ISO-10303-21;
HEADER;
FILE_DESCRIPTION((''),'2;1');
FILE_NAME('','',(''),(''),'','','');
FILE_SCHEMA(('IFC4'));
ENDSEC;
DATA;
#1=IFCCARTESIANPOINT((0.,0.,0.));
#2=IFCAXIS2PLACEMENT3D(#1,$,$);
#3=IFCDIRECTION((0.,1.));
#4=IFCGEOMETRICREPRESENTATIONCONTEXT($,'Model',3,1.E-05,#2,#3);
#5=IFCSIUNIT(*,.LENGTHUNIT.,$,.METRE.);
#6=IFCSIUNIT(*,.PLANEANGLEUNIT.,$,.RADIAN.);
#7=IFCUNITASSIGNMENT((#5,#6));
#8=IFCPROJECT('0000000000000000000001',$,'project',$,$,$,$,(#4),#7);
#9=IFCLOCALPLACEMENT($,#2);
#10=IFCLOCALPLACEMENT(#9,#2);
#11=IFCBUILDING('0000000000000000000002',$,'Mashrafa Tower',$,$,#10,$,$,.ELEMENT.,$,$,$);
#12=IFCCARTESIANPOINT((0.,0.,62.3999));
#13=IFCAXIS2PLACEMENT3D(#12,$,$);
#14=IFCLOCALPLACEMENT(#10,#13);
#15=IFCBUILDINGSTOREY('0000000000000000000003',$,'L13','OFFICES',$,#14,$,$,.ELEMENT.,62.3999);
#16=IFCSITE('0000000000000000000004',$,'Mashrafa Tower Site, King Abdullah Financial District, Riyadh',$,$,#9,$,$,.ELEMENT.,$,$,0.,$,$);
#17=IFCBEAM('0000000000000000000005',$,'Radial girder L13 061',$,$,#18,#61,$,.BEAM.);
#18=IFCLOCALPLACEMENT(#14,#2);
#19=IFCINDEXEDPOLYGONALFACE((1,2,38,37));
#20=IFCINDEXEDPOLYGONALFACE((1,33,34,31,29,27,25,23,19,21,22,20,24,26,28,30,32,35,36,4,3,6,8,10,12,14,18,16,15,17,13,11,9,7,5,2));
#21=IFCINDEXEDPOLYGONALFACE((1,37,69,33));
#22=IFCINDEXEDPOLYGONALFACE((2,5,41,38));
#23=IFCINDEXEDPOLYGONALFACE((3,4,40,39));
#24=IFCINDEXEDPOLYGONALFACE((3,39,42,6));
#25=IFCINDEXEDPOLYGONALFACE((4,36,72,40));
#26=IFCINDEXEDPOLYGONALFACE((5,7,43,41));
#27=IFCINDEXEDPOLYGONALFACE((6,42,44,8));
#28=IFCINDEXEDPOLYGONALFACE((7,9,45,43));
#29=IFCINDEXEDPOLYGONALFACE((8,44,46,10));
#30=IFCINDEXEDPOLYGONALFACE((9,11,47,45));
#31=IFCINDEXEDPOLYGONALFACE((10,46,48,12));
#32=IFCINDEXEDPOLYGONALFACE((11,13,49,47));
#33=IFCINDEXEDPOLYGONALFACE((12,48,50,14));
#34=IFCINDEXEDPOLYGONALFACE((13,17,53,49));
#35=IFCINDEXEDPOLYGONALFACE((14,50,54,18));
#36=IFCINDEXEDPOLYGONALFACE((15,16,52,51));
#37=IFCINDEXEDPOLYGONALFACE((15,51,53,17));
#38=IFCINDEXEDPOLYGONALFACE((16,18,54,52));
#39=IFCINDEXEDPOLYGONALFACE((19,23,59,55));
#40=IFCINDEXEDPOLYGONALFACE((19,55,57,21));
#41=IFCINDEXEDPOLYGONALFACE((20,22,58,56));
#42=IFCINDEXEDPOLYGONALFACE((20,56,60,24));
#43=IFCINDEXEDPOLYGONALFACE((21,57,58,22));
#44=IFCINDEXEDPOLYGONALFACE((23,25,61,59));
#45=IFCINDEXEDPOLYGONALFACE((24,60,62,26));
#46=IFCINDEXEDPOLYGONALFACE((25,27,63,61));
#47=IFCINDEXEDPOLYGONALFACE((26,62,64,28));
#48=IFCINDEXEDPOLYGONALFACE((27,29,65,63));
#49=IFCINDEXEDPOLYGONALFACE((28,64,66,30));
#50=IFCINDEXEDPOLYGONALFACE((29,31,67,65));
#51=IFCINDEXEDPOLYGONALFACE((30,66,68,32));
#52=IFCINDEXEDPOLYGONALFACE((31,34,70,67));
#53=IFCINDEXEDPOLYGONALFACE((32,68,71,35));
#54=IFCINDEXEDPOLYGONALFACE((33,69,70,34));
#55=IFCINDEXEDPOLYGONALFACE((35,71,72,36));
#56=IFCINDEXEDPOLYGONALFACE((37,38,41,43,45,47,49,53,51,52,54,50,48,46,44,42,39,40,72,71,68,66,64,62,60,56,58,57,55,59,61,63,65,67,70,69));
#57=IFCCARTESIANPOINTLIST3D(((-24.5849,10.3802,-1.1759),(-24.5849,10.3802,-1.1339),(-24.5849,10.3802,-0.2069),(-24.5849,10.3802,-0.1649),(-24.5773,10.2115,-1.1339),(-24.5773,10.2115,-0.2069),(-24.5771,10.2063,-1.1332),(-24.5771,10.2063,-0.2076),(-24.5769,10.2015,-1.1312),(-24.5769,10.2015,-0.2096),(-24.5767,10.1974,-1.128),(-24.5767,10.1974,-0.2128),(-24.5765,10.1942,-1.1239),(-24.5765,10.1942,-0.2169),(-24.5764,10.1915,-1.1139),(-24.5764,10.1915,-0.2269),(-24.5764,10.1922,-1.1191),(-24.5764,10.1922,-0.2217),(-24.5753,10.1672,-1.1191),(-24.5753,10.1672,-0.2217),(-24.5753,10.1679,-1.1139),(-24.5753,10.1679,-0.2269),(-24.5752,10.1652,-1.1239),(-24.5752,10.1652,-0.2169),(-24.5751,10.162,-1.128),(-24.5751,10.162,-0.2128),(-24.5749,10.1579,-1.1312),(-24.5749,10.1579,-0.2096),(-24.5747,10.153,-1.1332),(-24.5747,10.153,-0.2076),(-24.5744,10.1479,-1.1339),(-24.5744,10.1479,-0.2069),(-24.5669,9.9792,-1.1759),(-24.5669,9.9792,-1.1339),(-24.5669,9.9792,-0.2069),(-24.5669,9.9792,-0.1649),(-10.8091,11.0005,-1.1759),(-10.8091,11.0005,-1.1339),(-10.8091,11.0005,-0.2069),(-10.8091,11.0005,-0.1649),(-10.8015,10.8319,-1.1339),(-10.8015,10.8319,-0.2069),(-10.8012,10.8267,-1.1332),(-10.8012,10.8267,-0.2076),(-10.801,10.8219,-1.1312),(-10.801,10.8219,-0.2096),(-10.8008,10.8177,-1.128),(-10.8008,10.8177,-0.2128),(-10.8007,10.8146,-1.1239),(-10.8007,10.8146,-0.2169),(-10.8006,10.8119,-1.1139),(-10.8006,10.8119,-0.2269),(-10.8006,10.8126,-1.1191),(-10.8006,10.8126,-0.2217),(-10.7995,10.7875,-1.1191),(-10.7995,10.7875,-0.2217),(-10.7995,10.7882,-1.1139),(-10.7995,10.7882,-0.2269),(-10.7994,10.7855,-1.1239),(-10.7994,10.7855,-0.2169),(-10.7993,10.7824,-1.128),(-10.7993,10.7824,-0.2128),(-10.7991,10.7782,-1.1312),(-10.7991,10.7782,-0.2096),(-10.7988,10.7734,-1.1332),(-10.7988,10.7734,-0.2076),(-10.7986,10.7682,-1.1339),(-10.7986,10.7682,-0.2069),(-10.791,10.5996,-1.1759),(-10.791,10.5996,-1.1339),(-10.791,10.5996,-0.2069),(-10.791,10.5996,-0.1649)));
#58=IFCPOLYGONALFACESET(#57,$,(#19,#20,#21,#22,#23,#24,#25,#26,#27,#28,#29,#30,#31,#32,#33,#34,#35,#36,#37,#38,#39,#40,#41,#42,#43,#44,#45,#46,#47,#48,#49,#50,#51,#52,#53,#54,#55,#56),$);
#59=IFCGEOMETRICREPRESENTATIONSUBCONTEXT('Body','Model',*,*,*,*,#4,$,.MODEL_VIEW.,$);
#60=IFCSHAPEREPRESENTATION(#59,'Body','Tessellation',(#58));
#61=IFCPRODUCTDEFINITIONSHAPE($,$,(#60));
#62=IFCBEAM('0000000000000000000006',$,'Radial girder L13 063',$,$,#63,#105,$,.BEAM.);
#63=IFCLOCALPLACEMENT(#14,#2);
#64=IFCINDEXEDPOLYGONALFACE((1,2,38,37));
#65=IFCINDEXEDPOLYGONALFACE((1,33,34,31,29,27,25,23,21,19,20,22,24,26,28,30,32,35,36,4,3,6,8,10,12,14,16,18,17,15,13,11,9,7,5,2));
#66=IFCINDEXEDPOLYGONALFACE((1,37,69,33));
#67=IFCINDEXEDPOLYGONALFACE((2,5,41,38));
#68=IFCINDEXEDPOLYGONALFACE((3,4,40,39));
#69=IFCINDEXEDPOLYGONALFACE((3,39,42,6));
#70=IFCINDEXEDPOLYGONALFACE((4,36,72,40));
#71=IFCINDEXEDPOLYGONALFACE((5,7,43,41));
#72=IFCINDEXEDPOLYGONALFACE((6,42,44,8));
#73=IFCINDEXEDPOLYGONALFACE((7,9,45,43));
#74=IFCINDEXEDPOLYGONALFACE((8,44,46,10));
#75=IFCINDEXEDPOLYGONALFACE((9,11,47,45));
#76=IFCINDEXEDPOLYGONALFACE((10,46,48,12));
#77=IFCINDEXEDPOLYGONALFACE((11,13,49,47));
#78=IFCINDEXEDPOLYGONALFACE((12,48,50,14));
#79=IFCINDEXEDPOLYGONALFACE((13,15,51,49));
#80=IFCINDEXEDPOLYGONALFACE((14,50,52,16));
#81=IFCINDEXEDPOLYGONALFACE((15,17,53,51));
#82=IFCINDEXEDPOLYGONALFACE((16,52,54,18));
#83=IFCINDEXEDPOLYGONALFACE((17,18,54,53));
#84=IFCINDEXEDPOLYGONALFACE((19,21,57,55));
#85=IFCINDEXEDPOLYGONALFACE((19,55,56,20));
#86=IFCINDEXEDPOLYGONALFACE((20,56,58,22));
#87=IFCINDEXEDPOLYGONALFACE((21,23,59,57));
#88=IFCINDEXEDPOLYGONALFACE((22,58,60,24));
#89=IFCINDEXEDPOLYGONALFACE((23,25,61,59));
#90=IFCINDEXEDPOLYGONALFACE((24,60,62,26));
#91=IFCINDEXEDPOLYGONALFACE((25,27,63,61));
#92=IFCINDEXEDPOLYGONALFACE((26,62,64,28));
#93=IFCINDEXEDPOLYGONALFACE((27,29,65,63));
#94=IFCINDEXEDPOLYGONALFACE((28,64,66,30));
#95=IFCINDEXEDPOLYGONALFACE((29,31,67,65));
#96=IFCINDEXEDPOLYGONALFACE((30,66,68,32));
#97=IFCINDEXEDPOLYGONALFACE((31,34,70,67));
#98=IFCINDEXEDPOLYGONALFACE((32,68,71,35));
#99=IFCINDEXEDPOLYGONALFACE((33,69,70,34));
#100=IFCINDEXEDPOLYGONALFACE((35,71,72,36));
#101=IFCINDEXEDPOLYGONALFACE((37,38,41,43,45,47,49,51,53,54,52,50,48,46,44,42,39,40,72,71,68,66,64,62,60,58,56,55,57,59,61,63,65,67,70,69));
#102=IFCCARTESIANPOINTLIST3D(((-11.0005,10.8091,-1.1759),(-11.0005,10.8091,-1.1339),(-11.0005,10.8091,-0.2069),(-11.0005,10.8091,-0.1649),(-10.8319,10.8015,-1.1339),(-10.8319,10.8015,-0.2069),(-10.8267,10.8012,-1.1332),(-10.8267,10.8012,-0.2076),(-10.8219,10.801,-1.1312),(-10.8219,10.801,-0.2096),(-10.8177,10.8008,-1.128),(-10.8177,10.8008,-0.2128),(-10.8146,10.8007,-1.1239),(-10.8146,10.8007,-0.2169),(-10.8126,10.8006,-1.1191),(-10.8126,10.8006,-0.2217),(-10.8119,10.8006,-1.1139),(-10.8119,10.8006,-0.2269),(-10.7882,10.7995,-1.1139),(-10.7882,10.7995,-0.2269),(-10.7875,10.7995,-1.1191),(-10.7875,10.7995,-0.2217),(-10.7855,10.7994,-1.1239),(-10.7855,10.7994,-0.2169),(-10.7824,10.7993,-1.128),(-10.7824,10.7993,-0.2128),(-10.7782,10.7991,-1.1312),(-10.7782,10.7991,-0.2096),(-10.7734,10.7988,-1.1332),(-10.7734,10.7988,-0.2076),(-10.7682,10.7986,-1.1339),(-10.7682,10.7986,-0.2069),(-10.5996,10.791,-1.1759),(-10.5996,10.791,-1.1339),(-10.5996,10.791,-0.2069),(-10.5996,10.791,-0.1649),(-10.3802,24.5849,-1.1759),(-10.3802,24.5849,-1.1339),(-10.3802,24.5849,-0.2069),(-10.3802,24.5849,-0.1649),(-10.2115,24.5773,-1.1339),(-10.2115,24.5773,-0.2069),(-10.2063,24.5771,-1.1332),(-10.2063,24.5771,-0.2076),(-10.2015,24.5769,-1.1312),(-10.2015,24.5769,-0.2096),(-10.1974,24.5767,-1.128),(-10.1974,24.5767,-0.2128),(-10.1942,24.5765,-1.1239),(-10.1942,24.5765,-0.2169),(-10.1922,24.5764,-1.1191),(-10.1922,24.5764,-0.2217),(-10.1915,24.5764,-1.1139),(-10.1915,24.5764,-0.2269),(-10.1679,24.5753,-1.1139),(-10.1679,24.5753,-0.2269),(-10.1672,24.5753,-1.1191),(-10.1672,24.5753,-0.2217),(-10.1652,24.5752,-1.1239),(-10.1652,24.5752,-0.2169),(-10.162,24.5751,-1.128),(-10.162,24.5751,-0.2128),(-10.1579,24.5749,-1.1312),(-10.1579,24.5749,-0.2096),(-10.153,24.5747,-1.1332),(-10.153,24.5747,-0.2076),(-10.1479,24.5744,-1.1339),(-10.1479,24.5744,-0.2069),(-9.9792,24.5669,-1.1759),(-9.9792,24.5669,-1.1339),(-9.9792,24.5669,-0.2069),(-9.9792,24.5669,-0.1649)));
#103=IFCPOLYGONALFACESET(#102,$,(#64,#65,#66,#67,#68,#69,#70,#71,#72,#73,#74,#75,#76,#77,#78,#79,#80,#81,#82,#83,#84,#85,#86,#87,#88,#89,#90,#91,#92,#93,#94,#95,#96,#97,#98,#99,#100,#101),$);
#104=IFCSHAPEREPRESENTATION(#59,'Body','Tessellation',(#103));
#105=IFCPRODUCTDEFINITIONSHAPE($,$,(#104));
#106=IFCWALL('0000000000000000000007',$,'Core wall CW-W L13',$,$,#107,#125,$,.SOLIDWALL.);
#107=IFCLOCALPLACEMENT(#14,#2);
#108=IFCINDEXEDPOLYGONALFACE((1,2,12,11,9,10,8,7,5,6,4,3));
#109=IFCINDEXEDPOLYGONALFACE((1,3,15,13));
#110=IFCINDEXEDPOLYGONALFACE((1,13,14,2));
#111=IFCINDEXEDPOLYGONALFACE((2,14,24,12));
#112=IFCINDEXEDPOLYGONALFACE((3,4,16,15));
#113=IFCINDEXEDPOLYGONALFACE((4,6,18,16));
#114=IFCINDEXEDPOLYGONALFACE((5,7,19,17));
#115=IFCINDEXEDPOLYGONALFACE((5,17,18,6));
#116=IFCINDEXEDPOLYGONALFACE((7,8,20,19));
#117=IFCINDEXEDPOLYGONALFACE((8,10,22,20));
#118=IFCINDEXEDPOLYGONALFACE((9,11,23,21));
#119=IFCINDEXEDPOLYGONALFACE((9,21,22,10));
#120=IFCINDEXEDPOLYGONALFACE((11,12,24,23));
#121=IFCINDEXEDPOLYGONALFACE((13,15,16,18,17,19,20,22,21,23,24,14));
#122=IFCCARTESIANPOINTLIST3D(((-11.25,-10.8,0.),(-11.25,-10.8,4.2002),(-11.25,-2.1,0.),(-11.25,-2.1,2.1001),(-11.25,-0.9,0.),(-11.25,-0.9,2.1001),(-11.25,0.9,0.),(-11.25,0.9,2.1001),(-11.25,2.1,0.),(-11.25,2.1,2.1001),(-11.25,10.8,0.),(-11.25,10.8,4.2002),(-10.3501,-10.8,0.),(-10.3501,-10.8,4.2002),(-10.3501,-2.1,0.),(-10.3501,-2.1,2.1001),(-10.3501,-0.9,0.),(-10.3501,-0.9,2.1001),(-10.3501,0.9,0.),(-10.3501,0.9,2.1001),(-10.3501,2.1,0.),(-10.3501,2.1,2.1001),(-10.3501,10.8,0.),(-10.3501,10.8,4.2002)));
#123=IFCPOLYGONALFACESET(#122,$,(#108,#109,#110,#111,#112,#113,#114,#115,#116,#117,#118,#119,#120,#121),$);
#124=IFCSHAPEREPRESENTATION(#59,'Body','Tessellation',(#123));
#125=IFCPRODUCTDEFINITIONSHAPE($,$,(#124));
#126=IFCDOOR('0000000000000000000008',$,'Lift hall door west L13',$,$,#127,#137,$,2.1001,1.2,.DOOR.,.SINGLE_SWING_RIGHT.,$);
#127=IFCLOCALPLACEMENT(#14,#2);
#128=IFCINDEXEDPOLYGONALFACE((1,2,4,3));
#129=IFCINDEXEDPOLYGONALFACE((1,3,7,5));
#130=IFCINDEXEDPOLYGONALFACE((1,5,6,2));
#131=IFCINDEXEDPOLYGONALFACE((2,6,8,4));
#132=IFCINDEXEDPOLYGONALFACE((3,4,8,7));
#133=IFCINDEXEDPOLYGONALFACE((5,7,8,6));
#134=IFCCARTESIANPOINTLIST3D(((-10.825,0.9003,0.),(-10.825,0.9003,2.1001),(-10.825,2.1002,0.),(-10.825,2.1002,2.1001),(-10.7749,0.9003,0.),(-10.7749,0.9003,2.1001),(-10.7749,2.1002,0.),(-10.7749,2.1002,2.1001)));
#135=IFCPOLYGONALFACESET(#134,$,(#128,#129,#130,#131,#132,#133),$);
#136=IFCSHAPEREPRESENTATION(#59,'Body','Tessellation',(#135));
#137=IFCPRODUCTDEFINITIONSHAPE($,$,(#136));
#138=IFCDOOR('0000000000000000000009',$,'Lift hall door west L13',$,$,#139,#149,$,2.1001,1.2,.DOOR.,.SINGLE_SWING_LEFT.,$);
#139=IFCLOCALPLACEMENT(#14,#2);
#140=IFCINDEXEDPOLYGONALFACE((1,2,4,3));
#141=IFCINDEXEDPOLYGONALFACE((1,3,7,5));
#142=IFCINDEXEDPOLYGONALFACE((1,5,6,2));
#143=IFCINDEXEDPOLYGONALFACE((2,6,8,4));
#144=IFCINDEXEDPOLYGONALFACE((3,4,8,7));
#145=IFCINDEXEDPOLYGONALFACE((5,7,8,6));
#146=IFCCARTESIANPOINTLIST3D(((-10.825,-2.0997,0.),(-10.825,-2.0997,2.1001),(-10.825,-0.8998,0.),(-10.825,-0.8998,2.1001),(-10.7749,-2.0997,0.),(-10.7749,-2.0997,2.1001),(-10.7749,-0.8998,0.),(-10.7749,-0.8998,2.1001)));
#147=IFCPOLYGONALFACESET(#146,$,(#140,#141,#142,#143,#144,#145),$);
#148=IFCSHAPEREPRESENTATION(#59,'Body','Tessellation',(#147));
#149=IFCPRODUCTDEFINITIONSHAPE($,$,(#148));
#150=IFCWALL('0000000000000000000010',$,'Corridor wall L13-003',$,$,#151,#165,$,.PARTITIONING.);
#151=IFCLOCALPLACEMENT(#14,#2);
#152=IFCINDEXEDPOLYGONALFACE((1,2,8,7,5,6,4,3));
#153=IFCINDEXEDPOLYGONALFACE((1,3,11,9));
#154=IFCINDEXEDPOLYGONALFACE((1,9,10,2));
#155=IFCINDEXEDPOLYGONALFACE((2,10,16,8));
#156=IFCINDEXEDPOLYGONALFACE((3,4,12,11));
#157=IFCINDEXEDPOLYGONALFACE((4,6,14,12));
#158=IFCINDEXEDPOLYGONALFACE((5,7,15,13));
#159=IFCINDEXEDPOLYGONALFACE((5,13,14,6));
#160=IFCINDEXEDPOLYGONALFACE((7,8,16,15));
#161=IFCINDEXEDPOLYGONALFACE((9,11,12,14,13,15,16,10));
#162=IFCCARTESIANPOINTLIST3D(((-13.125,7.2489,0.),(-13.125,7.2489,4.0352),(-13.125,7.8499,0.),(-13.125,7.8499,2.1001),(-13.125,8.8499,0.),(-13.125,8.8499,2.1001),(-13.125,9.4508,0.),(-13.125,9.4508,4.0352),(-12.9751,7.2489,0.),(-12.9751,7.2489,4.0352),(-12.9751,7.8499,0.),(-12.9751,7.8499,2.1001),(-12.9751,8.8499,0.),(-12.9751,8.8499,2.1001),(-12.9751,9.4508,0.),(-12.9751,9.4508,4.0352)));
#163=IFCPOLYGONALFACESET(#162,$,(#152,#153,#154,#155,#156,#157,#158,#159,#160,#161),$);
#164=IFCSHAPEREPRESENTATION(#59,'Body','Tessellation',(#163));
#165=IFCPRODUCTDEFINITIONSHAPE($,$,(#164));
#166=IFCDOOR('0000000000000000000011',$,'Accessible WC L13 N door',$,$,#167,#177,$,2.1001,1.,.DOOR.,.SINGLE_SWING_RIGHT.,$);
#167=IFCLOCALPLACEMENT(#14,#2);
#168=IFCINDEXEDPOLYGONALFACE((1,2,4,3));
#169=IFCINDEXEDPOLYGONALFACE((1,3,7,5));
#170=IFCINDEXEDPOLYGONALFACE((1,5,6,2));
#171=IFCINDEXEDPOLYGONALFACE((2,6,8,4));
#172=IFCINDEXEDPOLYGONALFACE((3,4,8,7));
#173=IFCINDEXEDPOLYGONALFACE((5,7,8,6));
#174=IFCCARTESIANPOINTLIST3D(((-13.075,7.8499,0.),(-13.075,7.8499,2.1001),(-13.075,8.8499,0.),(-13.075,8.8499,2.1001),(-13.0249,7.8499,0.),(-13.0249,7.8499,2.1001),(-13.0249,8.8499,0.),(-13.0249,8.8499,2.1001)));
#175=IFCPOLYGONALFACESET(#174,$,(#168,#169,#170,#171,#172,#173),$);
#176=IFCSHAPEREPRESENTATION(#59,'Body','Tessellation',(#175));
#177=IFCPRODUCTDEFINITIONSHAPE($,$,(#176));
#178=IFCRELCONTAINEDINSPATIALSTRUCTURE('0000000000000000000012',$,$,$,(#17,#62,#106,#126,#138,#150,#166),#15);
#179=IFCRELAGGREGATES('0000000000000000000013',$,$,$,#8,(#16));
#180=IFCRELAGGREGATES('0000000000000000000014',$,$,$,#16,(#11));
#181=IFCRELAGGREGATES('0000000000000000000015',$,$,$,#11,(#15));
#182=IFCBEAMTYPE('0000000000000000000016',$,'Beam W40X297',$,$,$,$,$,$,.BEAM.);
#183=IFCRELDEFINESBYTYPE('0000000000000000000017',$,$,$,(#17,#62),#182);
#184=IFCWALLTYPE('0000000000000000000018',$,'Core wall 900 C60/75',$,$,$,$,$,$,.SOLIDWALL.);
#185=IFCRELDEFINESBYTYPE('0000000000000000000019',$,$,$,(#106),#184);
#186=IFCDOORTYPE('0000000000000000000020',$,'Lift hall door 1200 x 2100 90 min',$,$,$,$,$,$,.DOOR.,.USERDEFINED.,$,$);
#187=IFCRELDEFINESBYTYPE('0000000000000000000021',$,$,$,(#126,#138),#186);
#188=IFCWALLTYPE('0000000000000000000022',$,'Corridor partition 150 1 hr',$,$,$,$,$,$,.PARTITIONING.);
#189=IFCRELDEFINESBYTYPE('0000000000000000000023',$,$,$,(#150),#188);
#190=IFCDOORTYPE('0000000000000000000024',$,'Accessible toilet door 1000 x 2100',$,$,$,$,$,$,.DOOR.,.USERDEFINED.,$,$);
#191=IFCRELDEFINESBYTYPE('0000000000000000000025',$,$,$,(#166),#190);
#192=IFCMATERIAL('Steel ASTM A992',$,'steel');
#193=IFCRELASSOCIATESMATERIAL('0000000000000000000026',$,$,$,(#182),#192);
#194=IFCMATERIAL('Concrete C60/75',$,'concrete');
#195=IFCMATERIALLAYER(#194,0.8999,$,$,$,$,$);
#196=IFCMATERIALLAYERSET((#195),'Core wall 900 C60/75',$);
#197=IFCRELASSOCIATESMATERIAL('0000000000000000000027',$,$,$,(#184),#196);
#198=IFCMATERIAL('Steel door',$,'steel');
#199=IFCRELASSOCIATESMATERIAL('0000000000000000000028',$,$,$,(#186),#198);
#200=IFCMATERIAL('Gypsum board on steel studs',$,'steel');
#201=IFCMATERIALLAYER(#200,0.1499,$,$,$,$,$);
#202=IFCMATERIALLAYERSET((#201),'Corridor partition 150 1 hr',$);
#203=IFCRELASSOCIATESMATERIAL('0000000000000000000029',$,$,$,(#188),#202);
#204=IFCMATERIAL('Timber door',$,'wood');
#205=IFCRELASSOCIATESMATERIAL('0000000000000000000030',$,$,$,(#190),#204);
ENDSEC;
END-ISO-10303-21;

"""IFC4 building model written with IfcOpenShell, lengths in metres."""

from ifc_helpers import new_model, si_unit, direction, frame, frame_2d, origin, origin_2d, place, context, subcontext, project, spatial, rectangle, i_section, extrude, material, layer, layer_set, material_profile, profile_set, type_object, element, fill, save


model = new_model("IFC4")

# Units and contexts
model_context = context("Model", 3, precision=1e-05, world=origin(), true_north=direction((0.0, 1.0)))
body_context = subcontext(model_context, "Body", "Model", "MODEL_VIEW")
ifc_project = project(units=[si_unit("LENGTHUNIT", "METRE"), si_unit("PLANEANGLEUNIT", "RADIAN")], contexts=[model_context])

# Site, building, storey
site_placement = place(None, origin())
site = spatial("IfcSite", under=ifc_project, at=site_placement, Name="Mashrafa Tower Site, King Abdullah Financial District, Riyadh", CompositionType="ELEMENT", RefElevation=0.0)
building_placement = place(site_placement, origin())
building = spatial("IfcBuilding", under=site, at=building_placement, Name="Mashrafa Tower", CompositionType="ELEMENT")
storey_placement = place(building_placement, frame((0.0, 0.0, 62.3999)))
storey = spatial("IfcBuildingStorey", under=building, at=storey_placement, Name="L13", Description="OFFICES", CompositionType="ELEMENT", Elevation=62.3999)

# Beams
ifc_material_1 = material(Name="Steel ASTM A992", Category="steel")
ifc_material_profile_1 = material_profile(ifc_material_1, i_section(OverallWidth=0.4014, OverallDepth=1.011, WebThickness=0.0237, FlangeThickness=0.042, FilletRadius=0.02, at=origin_2d()), Name="W40X297")
ifc_profile_set_1 = profile_set([ifc_material_profile_1], Name="Steel ASTM A992")
beam_type_1 = type_object("IfcBeamType", Name="Beam W40X297", PredefinedType="BEAM", material=ifc_profile_set_1)
for number, where, z_axis, x_axis, name in (
    (1, (-10.8, 10.8, -0.6704), (-0.998988, -0.044987, 0.0), (0.044987, -0.998988, 0.0), "Radial girder L13 061"),
    (2, (-10.8, 10.8, -0.6704), (0.044987, 0.998988, 0.0), (-0.998988, 0.044987, 0.0), "Radial girder L13 063"),
):
    element("IfcBeam", number, at=place(storey_placement, frame(where, z_axis=z_axis, x_axis=x_axis)), inside=storey, type_object=beam_type_1, Name=name, PredefinedType="BEAM", context=body_context, shape_type="SweptSolid", body=[
        extrude(i_section(OverallWidth=0.4014, OverallDepth=1.011, WebThickness=0.0237, FlangeThickness=0.042, FilletRadius=0.02, at=origin_2d()), origin(), (0.0, 0.0, 1.0), 13.7898),
    ])

# Wall, openings, doors
ifc_material_2 = material(Name="Concrete C60/75", Category="concrete")
ifc_layer_1 = layer(ifc_material_2, 0.8999)
ifc_layer_set_1 = layer_set([ifc_layer_1], Name="Core wall 900 C60/75")
wall_type_1 = type_object("IfcWallType", Name="Core wall 900 C60/75", PredefinedType="SOLIDWALL", material=ifc_layer_set_1)
wall_1_placement = place(storey_placement, frame((-10.8, 10.8, 0.0), z_axis=(0.0, 0.0, 1.0), x_axis=(0.0, -1.0, 0.0)))
wall_1 = element("IfcWall", 3, at=wall_1_placement, inside=storey, type_object=wall_type_1, Name="Core wall CW-W L13", PredefinedType="SOLIDWALL", context=body_context, shape_type="SweptSolid", body=[
    extrude(rectangle(XDim=21.6001, YDim=0.8999, at=frame_2d((10.8, 0.0))), origin(), (0.0, 0.0, 1.0), 4.2002),
])
opening_1_placement = place(wall_1_placement, frame((8.7, 0.0, 0.0)))
opening_1 = element("IfcOpeningElement", 4, at=opening_1_placement, cuts=wall_1, PredefinedType="OPENING", context=body_context, shape_type="SweptSolid", body=[
    extrude(rectangle(XDim=1.2, YDim=2.1001, at=frame_2d((0.6001, 1.05))), frame((0.0, 0.46, 0.0), z_axis=(0.0, -1.0, 0.0), x_axis=(1.0, 0.0, 0.0)), (0.0, 0.0, 1.0), 0.9199),
])
opening_2_placement = place(wall_1_placement, frame((11.7, 0.0, 0.0)))
opening_2 = element("IfcOpeningElement", 5, at=opening_2_placement, cuts=wall_1, PredefinedType="OPENING", context=body_context, shape_type="SweptSolid", body=[
    extrude(rectangle(XDim=1.2, YDim=2.1001, at=frame_2d((0.6001, 1.05))), frame((0.0, 0.46, 0.0), z_axis=(0.0, -1.0, 0.0), x_axis=(1.0, 0.0, 0.0)), (0.0, 0.0, 1.0), 0.9199),
])
ifc_material_3 = material(Name="Steel door", Category="steel")
door_type_1 = type_object("IfcDoorType", Name="Lift hall door 1200 x 2100 90 min", OperationType="USERDEFINED", PredefinedType="DOOR", material=ifc_material_3)
door_1_placement = place(opening_1_placement, frame((1.2, 0.0, 0.0), z_axis=(0.0, 0.0, 1.0), x_axis=(-1.0, 0.0, 0.0)))
door_1 = element("IfcDoor", 6, at=door_1_placement, inside=storey, type_object=door_type_1, Name="Lift hall door west L13", OperationType="SINGLE_SWING_RIGHT", OverallHeight=2.1001, OverallWidth=1.2, PredefinedType="DOOR", context=body_context, shape_type="SweptSolid", body=[
    extrude(rectangle(XDim=1.2, YDim=2.1001, at=frame_2d((0.6001, 1.05))), frame((0.0, 0.0249, 0.0), z_axis=(0.0, -1.0, 0.0), x_axis=(1.0, 0.0, 0.0)), (0.0, 0.0, 1.0), 0.05),
])
fill(opening_1, door_1)
door_2_placement = place(opening_2_placement, frame((1.2, 0.0, 0.0), z_axis=(0.0, 0.0, 1.0), x_axis=(-1.0, 0.0, 0.0)))
door_2 = element("IfcDoor", 7, at=door_2_placement, inside=storey, type_object=door_type_1, Name="Lift hall door west L13", OperationType="SINGLE_SWING_LEFT", OverallHeight=2.1001, OverallWidth=1.2, PredefinedType="DOOR", context=body_context, shape_type="SweptSolid", body=[
    extrude(rectangle(XDim=1.2, YDim=2.1001, at=frame_2d((0.6001, 1.05))), frame((0.0, 0.0249, 0.0), z_axis=(0.0, -1.0, 0.0), x_axis=(1.0, 0.0, 0.0)), (0.0, 0.0, 1.0), 0.05),
])
fill(opening_2, door_2)

# Wall, opening, door
ifc_material_4 = material(Name="Gypsum board on steel studs", Category="steel")
ifc_layer_2 = layer(ifc_material_4, 0.1499)
ifc_layer_set_2 = layer_set([ifc_layer_2], Name="Corridor partition 150 1 hr")
wall_type_2 = type_object("IfcWallType", Name="Corridor partition 150 1 hr", PredefinedType="PARTITIONING", material=ifc_layer_set_2)
wall_2_placement = place(storey_placement, frame((-13.05, 9.4509, 0.0), z_axis=(0.0, 0.0, 1.0), x_axis=(0.0, -1.0, 0.0)))
wall_2 = element("IfcWall", 8, at=wall_2_placement, inside=storey, type_object=wall_type_2, Name="Corridor wall L13-003", PredefinedType="PARTITIONING", context=body_context, shape_type="SweptSolid", body=[
    extrude(rectangle(XDim=2.2019, YDim=0.1499, at=frame_2d((1.1011, 0.0))), origin(), (0.0, 0.0, 1.0), 4.0352),
])
opening_3_placement = place(wall_2_placement, frame((0.6011, 0.0, 0.0)))
opening_3 = element("IfcOpeningElement", 9, at=opening_3_placement, cuts=wall_2, PredefinedType="OPENING", context=body_context, shape_type="SweptSolid", body=[
    extrude(rectangle(XDim=1.0, YDim=2.1001, at=frame_2d((0.5, 1.05))), frame((0.0, 0.085, 0.0), z_axis=(0.0, -1.0, 0.0), x_axis=(1.0, 0.0, 0.0)), (0.0, 0.0, 1.0), 0.1699),
])
ifc_material_5 = material(Name="Timber door", Category="wood")
door_type_2 = type_object("IfcDoorType", Name="Accessible toilet door 1000 x 2100", OperationType="USERDEFINED", PredefinedType="DOOR", material=ifc_material_5)
door_3_placement = place(opening_3_placement, frame((1.0, 0.0, 0.0), z_axis=(0.0, 0.0, 1.0), x_axis=(-1.0, 0.0, 0.0)))
door_3 = element("IfcDoor", 10, at=door_3_placement, inside=storey, type_object=door_type_2, Name="Accessible WC L13 N door", OperationType="SINGLE_SWING_RIGHT", OverallHeight=2.1001, OverallWidth=1.0, PredefinedType="DOOR", context=body_context, shape_type="SweptSolid", body=[
    extrude(rectangle(XDim=1.0, YDim=2.1001, at=frame_2d((0.5, 1.05))), frame((0.0, 0.0249, 0.0), z_axis=(0.0, -1.0, 0.0), x_axis=(1.0, 0.0, 0.0)), (0.0, 0.0, 1.0), 0.05),
])
fill(opening_3, door_3)

save(model, "model.ifc")
